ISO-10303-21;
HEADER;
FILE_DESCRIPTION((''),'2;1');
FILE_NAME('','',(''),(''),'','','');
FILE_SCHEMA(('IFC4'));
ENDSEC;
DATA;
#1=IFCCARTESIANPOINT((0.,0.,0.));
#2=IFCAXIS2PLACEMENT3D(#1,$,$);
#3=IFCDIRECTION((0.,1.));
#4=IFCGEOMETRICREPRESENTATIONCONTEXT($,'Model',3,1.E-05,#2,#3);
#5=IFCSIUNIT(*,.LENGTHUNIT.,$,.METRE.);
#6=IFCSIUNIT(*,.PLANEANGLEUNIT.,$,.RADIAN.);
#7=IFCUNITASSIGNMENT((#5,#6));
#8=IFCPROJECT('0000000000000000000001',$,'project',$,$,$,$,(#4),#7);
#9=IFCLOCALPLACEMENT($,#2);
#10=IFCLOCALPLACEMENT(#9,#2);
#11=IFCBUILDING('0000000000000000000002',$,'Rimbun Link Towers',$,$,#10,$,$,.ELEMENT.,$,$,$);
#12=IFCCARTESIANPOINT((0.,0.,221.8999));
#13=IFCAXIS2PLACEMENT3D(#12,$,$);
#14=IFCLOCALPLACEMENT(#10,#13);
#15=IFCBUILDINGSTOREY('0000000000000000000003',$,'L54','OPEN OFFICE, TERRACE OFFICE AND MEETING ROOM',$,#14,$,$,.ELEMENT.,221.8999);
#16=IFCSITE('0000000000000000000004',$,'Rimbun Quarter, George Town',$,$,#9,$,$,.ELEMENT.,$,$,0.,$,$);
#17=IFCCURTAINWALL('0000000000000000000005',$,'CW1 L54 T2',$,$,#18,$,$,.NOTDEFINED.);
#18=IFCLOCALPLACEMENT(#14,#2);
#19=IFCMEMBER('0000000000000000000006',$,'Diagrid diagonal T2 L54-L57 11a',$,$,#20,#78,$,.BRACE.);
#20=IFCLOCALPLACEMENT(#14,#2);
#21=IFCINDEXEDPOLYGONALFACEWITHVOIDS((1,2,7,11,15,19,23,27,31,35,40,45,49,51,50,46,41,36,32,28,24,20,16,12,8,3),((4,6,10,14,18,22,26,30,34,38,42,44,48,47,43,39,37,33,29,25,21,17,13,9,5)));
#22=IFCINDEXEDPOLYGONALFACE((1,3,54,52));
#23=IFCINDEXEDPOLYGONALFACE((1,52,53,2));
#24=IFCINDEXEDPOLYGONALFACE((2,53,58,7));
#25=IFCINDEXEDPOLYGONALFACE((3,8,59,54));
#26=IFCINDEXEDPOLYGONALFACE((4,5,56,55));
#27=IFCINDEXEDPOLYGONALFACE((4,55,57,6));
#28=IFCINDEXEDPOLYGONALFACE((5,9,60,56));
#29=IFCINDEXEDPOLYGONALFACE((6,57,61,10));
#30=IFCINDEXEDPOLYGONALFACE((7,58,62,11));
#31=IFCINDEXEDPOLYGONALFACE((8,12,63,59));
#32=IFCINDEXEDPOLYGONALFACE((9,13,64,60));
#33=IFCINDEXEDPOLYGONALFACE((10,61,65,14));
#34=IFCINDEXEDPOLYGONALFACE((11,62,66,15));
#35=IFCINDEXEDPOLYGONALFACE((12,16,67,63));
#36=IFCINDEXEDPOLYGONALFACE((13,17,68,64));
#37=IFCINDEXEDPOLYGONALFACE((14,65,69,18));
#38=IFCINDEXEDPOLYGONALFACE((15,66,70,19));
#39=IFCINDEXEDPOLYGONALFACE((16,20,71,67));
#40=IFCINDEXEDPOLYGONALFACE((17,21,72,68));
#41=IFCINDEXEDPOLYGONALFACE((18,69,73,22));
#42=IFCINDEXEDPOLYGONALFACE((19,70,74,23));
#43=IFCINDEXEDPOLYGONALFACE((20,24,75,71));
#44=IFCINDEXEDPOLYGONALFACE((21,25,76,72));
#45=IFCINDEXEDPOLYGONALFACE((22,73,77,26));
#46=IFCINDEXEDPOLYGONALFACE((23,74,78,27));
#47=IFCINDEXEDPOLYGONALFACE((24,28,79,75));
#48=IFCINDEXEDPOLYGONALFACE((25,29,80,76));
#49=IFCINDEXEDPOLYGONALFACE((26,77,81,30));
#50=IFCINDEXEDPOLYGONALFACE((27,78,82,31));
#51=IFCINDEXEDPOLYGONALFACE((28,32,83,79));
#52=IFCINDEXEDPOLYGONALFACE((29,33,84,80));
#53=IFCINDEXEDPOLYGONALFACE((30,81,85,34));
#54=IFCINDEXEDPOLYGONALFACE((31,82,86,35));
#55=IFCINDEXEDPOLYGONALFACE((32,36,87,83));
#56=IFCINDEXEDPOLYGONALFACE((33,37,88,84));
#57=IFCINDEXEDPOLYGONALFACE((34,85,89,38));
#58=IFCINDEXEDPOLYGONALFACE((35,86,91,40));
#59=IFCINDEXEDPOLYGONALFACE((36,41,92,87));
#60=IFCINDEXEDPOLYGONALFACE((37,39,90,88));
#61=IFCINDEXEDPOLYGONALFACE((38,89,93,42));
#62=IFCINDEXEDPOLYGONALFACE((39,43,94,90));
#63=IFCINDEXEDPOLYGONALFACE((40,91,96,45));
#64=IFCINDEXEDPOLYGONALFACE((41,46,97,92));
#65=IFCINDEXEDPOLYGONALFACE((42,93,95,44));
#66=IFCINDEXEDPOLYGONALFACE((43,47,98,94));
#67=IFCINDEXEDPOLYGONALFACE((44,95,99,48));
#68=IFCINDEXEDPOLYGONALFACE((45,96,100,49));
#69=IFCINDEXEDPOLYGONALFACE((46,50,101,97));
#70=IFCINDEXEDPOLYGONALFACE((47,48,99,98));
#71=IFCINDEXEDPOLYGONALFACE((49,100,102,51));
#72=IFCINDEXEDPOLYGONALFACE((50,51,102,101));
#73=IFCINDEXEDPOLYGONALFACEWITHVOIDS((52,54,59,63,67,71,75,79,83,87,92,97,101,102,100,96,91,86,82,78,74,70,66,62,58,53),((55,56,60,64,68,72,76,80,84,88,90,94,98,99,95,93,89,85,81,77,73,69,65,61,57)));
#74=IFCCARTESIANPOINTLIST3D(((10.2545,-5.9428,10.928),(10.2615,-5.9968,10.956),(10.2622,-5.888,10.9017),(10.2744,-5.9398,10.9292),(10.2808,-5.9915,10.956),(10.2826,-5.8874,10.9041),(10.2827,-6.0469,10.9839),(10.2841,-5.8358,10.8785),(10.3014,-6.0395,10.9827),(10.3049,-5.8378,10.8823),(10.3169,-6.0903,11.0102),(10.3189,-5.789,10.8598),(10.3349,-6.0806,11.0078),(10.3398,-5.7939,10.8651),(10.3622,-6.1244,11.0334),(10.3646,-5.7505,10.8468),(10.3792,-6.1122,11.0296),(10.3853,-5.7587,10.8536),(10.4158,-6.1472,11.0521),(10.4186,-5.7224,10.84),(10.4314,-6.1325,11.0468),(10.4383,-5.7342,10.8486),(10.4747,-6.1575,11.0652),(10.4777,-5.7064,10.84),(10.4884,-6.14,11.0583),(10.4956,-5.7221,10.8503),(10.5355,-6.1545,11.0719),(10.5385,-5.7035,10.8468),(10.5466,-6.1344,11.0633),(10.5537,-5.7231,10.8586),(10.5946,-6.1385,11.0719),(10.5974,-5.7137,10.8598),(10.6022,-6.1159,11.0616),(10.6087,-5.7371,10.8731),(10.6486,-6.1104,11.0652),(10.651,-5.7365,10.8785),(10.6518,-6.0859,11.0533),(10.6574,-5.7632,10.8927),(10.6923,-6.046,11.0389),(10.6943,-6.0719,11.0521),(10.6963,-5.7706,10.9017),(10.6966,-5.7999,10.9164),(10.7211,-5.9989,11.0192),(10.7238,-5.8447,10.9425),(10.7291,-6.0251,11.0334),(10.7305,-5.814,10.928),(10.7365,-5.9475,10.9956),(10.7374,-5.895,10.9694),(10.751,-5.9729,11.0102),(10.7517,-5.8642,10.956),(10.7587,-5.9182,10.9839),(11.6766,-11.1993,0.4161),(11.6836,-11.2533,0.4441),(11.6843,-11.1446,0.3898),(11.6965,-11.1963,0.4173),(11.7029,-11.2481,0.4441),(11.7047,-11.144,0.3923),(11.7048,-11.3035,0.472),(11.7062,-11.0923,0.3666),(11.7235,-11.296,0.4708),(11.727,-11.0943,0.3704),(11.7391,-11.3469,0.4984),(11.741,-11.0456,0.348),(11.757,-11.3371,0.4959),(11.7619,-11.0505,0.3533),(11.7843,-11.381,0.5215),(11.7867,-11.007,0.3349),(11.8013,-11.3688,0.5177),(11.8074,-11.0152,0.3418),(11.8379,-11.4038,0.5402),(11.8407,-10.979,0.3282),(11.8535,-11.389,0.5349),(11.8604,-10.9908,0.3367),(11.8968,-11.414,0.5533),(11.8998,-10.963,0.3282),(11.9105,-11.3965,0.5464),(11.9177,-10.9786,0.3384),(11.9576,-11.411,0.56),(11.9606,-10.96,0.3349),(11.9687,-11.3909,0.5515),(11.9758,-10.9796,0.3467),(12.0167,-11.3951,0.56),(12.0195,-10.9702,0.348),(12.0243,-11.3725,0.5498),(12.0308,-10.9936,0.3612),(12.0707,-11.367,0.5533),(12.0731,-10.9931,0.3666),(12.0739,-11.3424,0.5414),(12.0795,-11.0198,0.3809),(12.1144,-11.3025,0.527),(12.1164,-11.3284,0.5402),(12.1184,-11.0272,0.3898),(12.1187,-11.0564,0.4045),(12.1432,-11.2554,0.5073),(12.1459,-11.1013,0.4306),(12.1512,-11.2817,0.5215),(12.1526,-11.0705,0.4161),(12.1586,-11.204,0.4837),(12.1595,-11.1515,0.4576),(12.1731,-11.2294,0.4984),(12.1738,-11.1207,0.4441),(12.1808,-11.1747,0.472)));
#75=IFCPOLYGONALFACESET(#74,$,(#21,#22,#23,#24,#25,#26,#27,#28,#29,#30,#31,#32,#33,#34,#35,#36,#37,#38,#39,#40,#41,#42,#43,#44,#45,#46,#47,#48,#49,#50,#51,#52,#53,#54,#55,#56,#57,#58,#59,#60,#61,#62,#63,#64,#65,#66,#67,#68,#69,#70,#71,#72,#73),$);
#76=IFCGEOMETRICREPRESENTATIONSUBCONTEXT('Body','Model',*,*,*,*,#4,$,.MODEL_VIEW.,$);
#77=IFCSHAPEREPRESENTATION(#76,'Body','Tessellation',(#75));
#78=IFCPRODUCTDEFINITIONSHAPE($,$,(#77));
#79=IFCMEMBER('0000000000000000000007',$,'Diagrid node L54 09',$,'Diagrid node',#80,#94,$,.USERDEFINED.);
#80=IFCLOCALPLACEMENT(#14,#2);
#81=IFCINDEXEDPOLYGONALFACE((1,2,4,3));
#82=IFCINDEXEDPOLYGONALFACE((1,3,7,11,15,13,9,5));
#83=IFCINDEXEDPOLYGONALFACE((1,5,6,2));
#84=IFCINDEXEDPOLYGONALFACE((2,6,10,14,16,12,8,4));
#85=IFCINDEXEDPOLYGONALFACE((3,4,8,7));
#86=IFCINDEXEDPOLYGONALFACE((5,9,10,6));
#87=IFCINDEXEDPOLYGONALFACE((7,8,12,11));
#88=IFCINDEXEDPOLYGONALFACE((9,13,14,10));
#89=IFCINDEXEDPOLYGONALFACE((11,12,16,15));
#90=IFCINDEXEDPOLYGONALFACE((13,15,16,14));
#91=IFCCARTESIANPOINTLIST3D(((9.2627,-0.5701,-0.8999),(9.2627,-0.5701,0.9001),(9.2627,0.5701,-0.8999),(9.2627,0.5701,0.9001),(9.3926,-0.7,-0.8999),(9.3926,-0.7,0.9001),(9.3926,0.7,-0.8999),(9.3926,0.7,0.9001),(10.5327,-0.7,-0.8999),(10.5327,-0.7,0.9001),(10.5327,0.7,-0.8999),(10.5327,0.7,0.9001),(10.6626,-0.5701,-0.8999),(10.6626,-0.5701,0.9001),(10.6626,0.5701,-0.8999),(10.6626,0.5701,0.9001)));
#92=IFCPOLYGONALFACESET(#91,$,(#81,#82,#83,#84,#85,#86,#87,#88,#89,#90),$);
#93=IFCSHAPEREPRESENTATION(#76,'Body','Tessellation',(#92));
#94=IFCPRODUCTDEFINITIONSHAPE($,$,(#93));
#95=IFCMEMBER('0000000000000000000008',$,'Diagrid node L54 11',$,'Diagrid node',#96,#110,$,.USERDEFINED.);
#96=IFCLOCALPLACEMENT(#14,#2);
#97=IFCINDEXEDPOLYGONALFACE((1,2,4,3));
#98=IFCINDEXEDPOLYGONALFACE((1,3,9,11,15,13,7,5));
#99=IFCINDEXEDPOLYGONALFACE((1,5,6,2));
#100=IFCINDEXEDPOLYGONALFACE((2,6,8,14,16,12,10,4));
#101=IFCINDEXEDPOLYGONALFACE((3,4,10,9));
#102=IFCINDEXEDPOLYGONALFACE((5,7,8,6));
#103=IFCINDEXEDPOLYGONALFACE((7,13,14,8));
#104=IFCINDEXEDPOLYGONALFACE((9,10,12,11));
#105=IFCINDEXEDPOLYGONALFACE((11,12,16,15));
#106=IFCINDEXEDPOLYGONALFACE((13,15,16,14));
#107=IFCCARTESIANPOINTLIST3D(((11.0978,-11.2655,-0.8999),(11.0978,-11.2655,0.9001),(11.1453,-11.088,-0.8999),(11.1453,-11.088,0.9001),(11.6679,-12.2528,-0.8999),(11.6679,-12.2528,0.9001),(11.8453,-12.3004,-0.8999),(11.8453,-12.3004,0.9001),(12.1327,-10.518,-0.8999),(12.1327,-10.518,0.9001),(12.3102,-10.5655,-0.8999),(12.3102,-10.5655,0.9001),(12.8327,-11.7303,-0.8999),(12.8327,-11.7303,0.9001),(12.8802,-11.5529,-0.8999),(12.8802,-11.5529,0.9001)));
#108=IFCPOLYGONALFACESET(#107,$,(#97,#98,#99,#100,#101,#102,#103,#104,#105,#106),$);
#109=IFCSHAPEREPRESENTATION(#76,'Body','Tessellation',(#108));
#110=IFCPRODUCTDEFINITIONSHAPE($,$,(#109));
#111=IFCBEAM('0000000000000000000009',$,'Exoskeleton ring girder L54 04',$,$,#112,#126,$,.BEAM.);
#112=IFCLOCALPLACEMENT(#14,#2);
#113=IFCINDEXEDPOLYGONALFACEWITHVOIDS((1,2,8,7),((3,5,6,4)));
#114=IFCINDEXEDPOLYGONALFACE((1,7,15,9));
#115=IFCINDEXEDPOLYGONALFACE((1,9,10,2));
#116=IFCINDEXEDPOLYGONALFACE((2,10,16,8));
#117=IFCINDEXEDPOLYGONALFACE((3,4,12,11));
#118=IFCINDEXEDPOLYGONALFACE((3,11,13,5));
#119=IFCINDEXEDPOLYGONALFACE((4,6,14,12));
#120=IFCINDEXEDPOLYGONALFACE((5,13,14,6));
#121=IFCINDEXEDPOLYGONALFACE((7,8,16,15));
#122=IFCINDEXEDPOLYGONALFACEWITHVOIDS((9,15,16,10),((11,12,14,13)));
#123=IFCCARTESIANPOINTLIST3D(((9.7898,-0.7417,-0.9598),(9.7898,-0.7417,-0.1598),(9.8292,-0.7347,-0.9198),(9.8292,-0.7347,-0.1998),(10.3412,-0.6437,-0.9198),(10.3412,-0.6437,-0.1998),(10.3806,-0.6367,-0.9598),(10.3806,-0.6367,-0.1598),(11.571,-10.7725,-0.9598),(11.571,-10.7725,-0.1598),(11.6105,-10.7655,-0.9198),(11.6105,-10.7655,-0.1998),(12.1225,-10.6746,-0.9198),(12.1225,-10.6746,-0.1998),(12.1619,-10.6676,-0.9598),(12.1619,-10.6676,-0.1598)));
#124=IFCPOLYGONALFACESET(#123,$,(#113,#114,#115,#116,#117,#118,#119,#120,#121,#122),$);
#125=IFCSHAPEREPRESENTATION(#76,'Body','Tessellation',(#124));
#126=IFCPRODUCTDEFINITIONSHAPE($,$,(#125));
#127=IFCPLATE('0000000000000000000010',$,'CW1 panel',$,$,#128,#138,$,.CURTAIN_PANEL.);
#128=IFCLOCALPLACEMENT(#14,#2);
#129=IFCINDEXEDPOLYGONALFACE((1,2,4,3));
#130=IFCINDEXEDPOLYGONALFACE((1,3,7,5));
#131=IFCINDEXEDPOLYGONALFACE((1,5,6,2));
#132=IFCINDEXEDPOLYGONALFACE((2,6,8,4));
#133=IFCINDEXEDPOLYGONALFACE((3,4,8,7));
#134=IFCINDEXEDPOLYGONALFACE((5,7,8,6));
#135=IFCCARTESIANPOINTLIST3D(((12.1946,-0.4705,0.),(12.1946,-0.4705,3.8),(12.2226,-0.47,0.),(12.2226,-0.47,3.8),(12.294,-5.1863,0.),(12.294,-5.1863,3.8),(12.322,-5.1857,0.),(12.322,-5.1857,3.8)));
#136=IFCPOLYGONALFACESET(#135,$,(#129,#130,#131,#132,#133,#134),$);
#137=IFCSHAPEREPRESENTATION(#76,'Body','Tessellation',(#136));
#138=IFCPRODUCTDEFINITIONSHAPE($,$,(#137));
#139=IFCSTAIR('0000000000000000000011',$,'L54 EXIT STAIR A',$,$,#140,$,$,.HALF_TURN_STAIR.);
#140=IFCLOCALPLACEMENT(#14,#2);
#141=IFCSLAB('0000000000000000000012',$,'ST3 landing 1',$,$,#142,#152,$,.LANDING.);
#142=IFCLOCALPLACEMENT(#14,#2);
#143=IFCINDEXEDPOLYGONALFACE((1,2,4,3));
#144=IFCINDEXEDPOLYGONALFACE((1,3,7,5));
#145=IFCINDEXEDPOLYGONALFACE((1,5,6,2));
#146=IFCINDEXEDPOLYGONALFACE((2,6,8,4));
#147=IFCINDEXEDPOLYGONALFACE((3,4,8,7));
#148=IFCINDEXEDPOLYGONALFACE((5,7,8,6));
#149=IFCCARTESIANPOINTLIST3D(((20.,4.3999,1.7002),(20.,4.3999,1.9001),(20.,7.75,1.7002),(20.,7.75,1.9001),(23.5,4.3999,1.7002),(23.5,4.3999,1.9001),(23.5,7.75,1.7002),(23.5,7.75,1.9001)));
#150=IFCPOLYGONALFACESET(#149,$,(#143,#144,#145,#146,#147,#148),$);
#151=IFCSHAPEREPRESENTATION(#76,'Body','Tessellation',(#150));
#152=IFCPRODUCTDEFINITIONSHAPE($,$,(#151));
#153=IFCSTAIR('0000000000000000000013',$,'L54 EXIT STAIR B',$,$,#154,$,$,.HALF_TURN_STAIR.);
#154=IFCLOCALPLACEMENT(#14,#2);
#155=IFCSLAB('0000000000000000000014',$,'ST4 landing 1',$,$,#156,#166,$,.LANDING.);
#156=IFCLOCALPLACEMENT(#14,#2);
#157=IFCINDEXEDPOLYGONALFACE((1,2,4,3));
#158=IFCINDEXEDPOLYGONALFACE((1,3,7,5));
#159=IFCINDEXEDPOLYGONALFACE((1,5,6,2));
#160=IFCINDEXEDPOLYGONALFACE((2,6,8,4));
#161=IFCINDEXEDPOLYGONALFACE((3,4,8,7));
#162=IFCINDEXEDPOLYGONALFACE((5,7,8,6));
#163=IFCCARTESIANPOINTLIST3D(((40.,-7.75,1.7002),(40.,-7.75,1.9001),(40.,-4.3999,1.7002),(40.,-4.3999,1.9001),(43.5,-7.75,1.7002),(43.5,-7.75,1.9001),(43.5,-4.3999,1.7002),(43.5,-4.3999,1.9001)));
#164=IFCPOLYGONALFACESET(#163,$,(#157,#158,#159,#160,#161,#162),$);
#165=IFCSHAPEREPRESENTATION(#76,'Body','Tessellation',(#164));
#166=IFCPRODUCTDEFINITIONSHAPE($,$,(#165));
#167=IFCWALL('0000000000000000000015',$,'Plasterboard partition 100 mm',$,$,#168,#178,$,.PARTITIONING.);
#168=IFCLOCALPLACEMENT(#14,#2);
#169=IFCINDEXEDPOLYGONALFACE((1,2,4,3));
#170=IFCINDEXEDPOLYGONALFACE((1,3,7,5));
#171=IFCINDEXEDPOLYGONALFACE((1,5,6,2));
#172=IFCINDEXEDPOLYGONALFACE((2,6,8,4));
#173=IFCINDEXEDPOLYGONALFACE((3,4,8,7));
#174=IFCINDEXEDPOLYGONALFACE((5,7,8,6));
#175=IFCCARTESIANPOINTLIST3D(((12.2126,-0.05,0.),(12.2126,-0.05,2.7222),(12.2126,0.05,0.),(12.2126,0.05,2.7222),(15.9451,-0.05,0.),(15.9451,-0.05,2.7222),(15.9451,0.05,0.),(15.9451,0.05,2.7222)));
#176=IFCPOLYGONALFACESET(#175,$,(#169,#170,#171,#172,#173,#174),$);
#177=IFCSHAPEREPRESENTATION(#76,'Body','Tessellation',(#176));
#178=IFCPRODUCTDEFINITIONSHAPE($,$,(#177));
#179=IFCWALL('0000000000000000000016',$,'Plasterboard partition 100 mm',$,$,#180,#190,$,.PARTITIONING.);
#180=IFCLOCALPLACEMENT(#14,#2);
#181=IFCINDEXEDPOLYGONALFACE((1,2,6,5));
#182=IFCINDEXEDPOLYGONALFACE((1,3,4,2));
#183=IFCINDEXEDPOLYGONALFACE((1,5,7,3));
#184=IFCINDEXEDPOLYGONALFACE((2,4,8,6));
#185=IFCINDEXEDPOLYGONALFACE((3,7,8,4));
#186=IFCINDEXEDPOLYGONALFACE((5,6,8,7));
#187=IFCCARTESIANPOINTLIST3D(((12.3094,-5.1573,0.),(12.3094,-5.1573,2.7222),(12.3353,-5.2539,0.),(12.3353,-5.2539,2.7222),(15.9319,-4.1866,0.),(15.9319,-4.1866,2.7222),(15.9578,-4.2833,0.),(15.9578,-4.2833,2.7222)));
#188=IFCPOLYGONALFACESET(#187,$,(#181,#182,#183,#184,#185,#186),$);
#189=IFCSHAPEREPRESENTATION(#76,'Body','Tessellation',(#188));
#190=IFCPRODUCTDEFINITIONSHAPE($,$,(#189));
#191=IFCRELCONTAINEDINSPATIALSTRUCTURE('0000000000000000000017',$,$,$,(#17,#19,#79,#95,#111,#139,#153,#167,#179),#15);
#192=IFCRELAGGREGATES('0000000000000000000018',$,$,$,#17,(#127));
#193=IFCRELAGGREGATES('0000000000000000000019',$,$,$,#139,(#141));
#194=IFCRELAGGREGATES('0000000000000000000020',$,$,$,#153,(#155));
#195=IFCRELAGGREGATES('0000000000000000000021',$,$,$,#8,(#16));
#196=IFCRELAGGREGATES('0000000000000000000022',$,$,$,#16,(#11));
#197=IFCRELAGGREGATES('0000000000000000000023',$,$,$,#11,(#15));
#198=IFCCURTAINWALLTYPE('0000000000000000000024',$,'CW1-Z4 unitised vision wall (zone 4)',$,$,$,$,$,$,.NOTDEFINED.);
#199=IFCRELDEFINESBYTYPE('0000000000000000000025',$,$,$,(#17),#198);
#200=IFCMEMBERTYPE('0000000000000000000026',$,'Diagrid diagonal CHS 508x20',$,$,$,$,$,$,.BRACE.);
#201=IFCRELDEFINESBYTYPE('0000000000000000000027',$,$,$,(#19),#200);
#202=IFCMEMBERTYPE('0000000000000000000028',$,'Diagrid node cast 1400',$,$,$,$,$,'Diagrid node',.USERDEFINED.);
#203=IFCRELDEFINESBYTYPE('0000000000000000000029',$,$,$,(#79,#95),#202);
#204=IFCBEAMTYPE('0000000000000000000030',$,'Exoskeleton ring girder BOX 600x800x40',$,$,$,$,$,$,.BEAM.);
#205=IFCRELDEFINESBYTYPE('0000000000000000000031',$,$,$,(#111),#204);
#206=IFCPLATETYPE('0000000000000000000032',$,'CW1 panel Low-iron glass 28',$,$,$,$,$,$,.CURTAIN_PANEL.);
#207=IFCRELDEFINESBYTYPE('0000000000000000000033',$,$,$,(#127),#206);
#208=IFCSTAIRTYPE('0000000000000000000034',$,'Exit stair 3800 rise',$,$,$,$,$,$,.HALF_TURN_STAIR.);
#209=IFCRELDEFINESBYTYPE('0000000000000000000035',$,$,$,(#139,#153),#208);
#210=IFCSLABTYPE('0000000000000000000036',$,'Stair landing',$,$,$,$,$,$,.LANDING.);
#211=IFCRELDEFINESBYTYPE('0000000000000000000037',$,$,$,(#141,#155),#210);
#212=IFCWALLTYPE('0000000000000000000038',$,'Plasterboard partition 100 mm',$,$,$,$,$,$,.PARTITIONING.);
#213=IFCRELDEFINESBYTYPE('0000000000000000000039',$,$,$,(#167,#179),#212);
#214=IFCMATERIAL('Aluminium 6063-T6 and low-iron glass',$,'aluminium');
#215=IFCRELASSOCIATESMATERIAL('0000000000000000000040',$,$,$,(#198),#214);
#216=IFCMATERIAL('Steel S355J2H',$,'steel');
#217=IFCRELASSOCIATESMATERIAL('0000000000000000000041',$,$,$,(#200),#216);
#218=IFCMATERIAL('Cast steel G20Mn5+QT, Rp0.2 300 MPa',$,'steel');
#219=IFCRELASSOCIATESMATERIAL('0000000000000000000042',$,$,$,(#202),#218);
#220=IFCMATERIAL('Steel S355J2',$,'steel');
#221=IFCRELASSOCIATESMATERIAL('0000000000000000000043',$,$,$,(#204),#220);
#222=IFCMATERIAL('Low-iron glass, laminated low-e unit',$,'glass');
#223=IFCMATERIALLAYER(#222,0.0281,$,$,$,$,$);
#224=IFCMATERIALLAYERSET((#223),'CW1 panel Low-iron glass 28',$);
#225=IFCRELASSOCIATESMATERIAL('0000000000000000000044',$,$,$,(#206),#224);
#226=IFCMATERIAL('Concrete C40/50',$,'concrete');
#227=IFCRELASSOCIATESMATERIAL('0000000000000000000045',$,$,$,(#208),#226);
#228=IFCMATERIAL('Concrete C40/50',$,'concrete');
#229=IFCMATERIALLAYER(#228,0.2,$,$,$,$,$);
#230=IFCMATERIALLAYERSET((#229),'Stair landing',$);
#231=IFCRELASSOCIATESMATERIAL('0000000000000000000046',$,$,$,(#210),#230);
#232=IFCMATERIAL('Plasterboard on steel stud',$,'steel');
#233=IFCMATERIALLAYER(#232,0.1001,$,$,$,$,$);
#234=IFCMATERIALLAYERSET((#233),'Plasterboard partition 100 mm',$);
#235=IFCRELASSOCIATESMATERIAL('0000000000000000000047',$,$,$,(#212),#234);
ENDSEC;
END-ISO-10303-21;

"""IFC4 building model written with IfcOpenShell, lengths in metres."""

from ifc_helpers import new_model, si_unit, direction, frame, frame_2d, origin, origin_2d, place, context, subcontext, project, spatial, polyline, rectangle, hollow_rectangle, hollow_circle, outline, extrude, material, layer, layer_set, material_profile, profile_set, type_object, element, aggregate, save


model = new_model("IFC4")

# Units and contexts
model_context = context("Model", 3, precision=1e-05, world=origin(), true_north=direction((0.0, 1.0)))
body_context = subcontext(model_context, "Body", "Model", "MODEL_VIEW")
ifc_project = project(units=[si_unit("LENGTHUNIT", "METRE"), si_unit("PLANEANGLEUNIT", "RADIAN")], contexts=[model_context])

# Site, building, storey
site_placement = place(None, origin())
site = spatial("IfcSite", under=ifc_project, at=site_placement, Name="Rimbun Quarter, George Town", CompositionType="ELEMENT", RefElevation=0.0)
building_placement = place(site_placement, origin())
building = spatial("IfcBuilding", under=site, at=building_placement, Name="Rimbun Link Towers", CompositionType="ELEMENT")
storey_placement = place(building_placement, frame((0.0, 0.0, 221.8999)))
storey = spatial("IfcBuildingStorey", under=building, at=storey_placement, Name="L54", Description="OPEN OFFICE, TERRACE OFFICE AND MEETING ROOM", CompositionType="ELEMENT", Elevation=221.8999)

# Curtain wall
ifc_material_1 = material(Name="Aluminium 6063-T6 and low-iron glass", Category="aluminium")
curtain_wall_type = type_object("IfcCurtainWallType", Name="CW1-Z4 unitised vision wall (zone 4)", PredefinedType="NOTDEFINED", material=ifc_material_1)
curtain_wall_placement = place(storey_placement, origin())
curtain_wall = element("IfcCurtainWall", 1, at=curtain_wall_placement, inside=storey, type_object=curtain_wall_type, Name="CW1 L54 T2", PredefinedType="NOTDEFINED")

# Members
ifc_material_2 = material(Name="Steel S355J2H", Category="steel")
ifc_material_profile_1 = material_profile(ifc_material_2, hollow_circle(Radius=0.2539, WallThickness=0.02, at=origin_2d()), Name="Diagrid diagonal CHS 508x20")
ifc_profile_set_1 = profile_set([ifc_material_profile_1], Name="Steel S355J2H")
member_type_1 = type_object("IfcMemberType", Name="Diagrid diagonal CHS 508x20", PredefinedType="BRACE", material=ifc_profile_set_1)
member_1_placement = place(storey_placement, frame((11.9287, -11.187, 0.4441), z_axis=(-0.120124, 0.444017, 0.88793), x_axis=(-0.965298, -0.261152, 0.0)))
element("IfcMember", 2, at=member_1_placement, inside=storey, type_object=member_type_1, Name="Diagrid diagonal T2 L54-L57 11a", PredefinedType="BRACE", context=body_context, shape_type="SweptSolid", body=[
    extrude(hollow_circle(Radius=0.2539, WallThickness=0.02, at=origin_2d()), origin(), (0.0, 0.0, 1.0), 11.8386),
])
ifc_material_3 = material(Name="Cast steel G20Mn5+QT, Rp0.2 300 MPa", Category="steel")
ifc_material_profile_2 = material_profile(ifc_material_3, outline(polyline([(0.7, -0.5701), (0.7, 0.5701), (0.5701, 0.7), (-0.5701, 0.7), (-0.7, 0.5701), (-0.7, -0.5701), (-0.5701, -0.7), (0.5701, -0.7), (0.7, -0.5701)])), Name="NODE 1400x1400")
ifc_profile_set_2 = profile_set([ifc_material_profile_2], Name="Cast steel G20Mn5+QT, Rp0.2 300 MPa")
member_type_2 = type_object("IfcMemberType", Name="Diagrid node cast 1400", ElementType="Diagrid node", PredefinedType="USERDEFINED", material=ifc_profile_set_2)
for number, where, z_axis, x_axis, name in (
    (3, (9.9626, 0.0, -0.8999), (0.0, 0.0, 1.0), (-1.0, 0.0, 0.0), "Diagrid node L54 09"),
    (4, (11.989, -11.4092, -0.8999), (0.0, 0.0, 1.0), (-0.866025, -0.5, 0.0), "Diagrid node L54 11"),
):
    element("IfcMember", number, at=place(storey_placement, frame(where, z_axis=z_axis, x_axis=x_axis)), inside=storey, type_object=member_type_2, Name=name, ObjectType="Diagrid node", PredefinedType="USERDEFINED", context=body_context, shape_type="SweptSolid", body=[
        extrude(outline(polyline([(0.7, -0.5701), (0.7, 0.5701), (0.5701, 0.7), (-0.5701, 0.7), (-0.7, 0.5701), (-0.7, -0.5701), (-0.5701, -0.7), (0.5701, -0.7), (0.7, -0.5701)])), origin(), (0.0, 0.0, 1.0), 1.8),
    ])

# Beam
ifc_material_4 = material(Name="Steel S355J2", Category="steel")
ifc_material_profile_3 = material_profile(ifc_material_4, hollow_rectangle(XDim=0.6001, YDim=0.8, WallThickness=0.04, at=origin_2d()), Name="Exoskeleton ring girder BOX 600x800x40")
ifc_profile_set_3 = profile_set([ifc_material_profile_3], Name="Steel S355J2")
beam_type = type_object("IfcBeamType", Name="Exoskeleton ring girder BOX 600x800x40", PredefinedType="BEAM", material=ifc_profile_set_3)
beam_placement = place(storey_placement, frame((10.0852, -0.6892, -0.5598), z_axis=(0.174843, -0.984596, 0.0), x_axis=(0.984596, 0.174843, 0.0)))
element("IfcBeam", 5, at=beam_placement, inside=storey, type_object=beam_type, Name="Exoskeleton ring girder L54 04", PredefinedType="BEAM", context=body_context, shape_type="SweptSolid", body=[
    extrude(hollow_rectangle(XDim=0.6001, YDim=0.8, WallThickness=0.04, at=origin_2d()), origin(), (0.0, 0.0, 1.0), 10.1877),
])

# Plate
ifc_material_5 = material(Name="Low-iron glass, laminated low-e unit", Category="glass")
ifc_layer_1 = layer(ifc_material_5, 0.0281)
ifc_layer_set_1 = layer_set([ifc_layer_1], Name="CW1 panel Low-iron glass 28")
plate_type = type_object("IfcPlateType", Name="CW1 panel Low-iron glass 28", PredefinedType="CURTAIN_PANEL", material=ifc_layer_set_1)
plate_placement = place(storey_placement, frame((12.2583, -2.8281, 0.0), z_axis=(0.0, 0.0, 1.0), x_axis=(-0.021069, 0.999778, 0.0)))
plate = element("IfcPlate", 6, at=plate_placement, type_object=plate_type, Name="CW1 panel", PredefinedType="CURTAIN_PANEL", context=body_context, shape_type="SweptSolid", body=[
    extrude(rectangle(XDim=4.7168, YDim=0.0281, at=origin_2d()), origin(), (0.0, 0.0, 1.0), 3.8),
])
aggregate(curtain_wall, [plate])

# Stairs, slabs
ifc_material_6 = material(Name="Concrete C40/50", Category="concrete")
stair_type = type_object("IfcStairType", Name="Exit stair 3800 rise", PredefinedType="HALF_TURN_STAIR", material=ifc_material_6)
stair_1_placement = place(storey_placement, origin())
stair_1 = element("IfcStair", 7, at=stair_1_placement, inside=storey, type_object=stair_type, Name="L54 EXIT STAIR A", PredefinedType="HALF_TURN_STAIR")
ifc_material_7 = material(Name="Concrete C40/50", Category="concrete")
ifc_layer_2 = layer(ifc_material_7, 0.2)
ifc_layer_set_2 = layer_set([ifc_layer_2], Name="Stair landing")
slab_type = type_object("IfcSlabType", Name="Stair landing", PredefinedType="LANDING", material=ifc_layer_set_2)
slab_1_placement = place(storey_placement, frame((0.0, 0.0, 1.7002)))
slab_1 = element("IfcSlab", 8, at=slab_1_placement, type_object=slab_type, Name="ST3 landing 1", PredefinedType="LANDING", context=body_context, shape_type="SweptSolid", body=[
    extrude(outline(polyline([(23.5, 7.75), (20.0, 7.75), (20.0, 4.3999), (23.5, 4.3999), (23.5, 7.75)])), origin(), (0.0, 0.0, 1.0), 0.2),
])
aggregate(stair_1, [slab_1])
stair_2_placement = place(storey_placement, origin())
stair_2 = element("IfcStair", 9, at=stair_2_placement, inside=storey, type_object=stair_type, Name="L54 EXIT STAIR B", PredefinedType="HALF_TURN_STAIR")
slab_2_placement = place(storey_placement, frame((0.0, 0.0, 1.7002)))
slab_2 = element("IfcSlab", 10, at=slab_2_placement, type_object=slab_type, Name="ST4 landing 1", PredefinedType="LANDING", context=body_context, shape_type="SweptSolid", body=[
    extrude(outline(polyline([(40.0, -7.75), (43.5, -7.75), (43.5, -4.3999), (40.0, -4.3999), (40.0, -7.75)])), origin(), (0.0, 0.0, 1.0), 0.2),
])
aggregate(stair_2, [slab_2])

# Walls
ifc_material_8 = material(Name="Plasterboard on steel stud", Category="steel")
ifc_layer_3 = layer(ifc_material_8, 0.1001)
ifc_layer_set_3 = layer_set([ifc_layer_3], Name="Plasterboard partition 100 mm")
wall_type = type_object("IfcWallType", Name="Plasterboard partition 100 mm", PredefinedType="PARTITIONING", material=ifc_layer_set_3)
wall_1_placement = place(storey_placement, frame((12.2126, 0.0, 0.0), z_axis=(0.0, 0.0, 1.0), x_axis=(1.0, 0.0, 0.0)))
element("IfcWall", 11, at=wall_1_placement, inside=storey, type_object=wall_type, Name="Plasterboard partition 100 mm", PredefinedType="PARTITIONING", context=body_context, shape_type="SweptSolid", body=[
    extrude(rectangle(XDim=3.7324, YDim=0.1001, at=frame_2d((1.8662, 0.0))), origin(), (0.0, 0.0, 1.0), 2.7222),
])
wall_2_placement = place(storey_placement, frame((12.3225, -5.2056, 0.0), z_axis=(0.0, 0.0, 1.0), x_axis=(0.965923, 0.258829, 0.0)))
element("IfcWall", 12, at=wall_2_placement, inside=storey, type_object=wall_type, Name="Plasterboard partition 100 mm", PredefinedType="PARTITIONING", context=body_context, shape_type="SweptSolid", body=[
    extrude(rectangle(XDim=3.7502, YDim=0.1001, at=frame_2d((1.875, 0.0))), origin(), (0.0, 0.0, 1.0), 2.7222),
])

save(model, "model.ifc")
